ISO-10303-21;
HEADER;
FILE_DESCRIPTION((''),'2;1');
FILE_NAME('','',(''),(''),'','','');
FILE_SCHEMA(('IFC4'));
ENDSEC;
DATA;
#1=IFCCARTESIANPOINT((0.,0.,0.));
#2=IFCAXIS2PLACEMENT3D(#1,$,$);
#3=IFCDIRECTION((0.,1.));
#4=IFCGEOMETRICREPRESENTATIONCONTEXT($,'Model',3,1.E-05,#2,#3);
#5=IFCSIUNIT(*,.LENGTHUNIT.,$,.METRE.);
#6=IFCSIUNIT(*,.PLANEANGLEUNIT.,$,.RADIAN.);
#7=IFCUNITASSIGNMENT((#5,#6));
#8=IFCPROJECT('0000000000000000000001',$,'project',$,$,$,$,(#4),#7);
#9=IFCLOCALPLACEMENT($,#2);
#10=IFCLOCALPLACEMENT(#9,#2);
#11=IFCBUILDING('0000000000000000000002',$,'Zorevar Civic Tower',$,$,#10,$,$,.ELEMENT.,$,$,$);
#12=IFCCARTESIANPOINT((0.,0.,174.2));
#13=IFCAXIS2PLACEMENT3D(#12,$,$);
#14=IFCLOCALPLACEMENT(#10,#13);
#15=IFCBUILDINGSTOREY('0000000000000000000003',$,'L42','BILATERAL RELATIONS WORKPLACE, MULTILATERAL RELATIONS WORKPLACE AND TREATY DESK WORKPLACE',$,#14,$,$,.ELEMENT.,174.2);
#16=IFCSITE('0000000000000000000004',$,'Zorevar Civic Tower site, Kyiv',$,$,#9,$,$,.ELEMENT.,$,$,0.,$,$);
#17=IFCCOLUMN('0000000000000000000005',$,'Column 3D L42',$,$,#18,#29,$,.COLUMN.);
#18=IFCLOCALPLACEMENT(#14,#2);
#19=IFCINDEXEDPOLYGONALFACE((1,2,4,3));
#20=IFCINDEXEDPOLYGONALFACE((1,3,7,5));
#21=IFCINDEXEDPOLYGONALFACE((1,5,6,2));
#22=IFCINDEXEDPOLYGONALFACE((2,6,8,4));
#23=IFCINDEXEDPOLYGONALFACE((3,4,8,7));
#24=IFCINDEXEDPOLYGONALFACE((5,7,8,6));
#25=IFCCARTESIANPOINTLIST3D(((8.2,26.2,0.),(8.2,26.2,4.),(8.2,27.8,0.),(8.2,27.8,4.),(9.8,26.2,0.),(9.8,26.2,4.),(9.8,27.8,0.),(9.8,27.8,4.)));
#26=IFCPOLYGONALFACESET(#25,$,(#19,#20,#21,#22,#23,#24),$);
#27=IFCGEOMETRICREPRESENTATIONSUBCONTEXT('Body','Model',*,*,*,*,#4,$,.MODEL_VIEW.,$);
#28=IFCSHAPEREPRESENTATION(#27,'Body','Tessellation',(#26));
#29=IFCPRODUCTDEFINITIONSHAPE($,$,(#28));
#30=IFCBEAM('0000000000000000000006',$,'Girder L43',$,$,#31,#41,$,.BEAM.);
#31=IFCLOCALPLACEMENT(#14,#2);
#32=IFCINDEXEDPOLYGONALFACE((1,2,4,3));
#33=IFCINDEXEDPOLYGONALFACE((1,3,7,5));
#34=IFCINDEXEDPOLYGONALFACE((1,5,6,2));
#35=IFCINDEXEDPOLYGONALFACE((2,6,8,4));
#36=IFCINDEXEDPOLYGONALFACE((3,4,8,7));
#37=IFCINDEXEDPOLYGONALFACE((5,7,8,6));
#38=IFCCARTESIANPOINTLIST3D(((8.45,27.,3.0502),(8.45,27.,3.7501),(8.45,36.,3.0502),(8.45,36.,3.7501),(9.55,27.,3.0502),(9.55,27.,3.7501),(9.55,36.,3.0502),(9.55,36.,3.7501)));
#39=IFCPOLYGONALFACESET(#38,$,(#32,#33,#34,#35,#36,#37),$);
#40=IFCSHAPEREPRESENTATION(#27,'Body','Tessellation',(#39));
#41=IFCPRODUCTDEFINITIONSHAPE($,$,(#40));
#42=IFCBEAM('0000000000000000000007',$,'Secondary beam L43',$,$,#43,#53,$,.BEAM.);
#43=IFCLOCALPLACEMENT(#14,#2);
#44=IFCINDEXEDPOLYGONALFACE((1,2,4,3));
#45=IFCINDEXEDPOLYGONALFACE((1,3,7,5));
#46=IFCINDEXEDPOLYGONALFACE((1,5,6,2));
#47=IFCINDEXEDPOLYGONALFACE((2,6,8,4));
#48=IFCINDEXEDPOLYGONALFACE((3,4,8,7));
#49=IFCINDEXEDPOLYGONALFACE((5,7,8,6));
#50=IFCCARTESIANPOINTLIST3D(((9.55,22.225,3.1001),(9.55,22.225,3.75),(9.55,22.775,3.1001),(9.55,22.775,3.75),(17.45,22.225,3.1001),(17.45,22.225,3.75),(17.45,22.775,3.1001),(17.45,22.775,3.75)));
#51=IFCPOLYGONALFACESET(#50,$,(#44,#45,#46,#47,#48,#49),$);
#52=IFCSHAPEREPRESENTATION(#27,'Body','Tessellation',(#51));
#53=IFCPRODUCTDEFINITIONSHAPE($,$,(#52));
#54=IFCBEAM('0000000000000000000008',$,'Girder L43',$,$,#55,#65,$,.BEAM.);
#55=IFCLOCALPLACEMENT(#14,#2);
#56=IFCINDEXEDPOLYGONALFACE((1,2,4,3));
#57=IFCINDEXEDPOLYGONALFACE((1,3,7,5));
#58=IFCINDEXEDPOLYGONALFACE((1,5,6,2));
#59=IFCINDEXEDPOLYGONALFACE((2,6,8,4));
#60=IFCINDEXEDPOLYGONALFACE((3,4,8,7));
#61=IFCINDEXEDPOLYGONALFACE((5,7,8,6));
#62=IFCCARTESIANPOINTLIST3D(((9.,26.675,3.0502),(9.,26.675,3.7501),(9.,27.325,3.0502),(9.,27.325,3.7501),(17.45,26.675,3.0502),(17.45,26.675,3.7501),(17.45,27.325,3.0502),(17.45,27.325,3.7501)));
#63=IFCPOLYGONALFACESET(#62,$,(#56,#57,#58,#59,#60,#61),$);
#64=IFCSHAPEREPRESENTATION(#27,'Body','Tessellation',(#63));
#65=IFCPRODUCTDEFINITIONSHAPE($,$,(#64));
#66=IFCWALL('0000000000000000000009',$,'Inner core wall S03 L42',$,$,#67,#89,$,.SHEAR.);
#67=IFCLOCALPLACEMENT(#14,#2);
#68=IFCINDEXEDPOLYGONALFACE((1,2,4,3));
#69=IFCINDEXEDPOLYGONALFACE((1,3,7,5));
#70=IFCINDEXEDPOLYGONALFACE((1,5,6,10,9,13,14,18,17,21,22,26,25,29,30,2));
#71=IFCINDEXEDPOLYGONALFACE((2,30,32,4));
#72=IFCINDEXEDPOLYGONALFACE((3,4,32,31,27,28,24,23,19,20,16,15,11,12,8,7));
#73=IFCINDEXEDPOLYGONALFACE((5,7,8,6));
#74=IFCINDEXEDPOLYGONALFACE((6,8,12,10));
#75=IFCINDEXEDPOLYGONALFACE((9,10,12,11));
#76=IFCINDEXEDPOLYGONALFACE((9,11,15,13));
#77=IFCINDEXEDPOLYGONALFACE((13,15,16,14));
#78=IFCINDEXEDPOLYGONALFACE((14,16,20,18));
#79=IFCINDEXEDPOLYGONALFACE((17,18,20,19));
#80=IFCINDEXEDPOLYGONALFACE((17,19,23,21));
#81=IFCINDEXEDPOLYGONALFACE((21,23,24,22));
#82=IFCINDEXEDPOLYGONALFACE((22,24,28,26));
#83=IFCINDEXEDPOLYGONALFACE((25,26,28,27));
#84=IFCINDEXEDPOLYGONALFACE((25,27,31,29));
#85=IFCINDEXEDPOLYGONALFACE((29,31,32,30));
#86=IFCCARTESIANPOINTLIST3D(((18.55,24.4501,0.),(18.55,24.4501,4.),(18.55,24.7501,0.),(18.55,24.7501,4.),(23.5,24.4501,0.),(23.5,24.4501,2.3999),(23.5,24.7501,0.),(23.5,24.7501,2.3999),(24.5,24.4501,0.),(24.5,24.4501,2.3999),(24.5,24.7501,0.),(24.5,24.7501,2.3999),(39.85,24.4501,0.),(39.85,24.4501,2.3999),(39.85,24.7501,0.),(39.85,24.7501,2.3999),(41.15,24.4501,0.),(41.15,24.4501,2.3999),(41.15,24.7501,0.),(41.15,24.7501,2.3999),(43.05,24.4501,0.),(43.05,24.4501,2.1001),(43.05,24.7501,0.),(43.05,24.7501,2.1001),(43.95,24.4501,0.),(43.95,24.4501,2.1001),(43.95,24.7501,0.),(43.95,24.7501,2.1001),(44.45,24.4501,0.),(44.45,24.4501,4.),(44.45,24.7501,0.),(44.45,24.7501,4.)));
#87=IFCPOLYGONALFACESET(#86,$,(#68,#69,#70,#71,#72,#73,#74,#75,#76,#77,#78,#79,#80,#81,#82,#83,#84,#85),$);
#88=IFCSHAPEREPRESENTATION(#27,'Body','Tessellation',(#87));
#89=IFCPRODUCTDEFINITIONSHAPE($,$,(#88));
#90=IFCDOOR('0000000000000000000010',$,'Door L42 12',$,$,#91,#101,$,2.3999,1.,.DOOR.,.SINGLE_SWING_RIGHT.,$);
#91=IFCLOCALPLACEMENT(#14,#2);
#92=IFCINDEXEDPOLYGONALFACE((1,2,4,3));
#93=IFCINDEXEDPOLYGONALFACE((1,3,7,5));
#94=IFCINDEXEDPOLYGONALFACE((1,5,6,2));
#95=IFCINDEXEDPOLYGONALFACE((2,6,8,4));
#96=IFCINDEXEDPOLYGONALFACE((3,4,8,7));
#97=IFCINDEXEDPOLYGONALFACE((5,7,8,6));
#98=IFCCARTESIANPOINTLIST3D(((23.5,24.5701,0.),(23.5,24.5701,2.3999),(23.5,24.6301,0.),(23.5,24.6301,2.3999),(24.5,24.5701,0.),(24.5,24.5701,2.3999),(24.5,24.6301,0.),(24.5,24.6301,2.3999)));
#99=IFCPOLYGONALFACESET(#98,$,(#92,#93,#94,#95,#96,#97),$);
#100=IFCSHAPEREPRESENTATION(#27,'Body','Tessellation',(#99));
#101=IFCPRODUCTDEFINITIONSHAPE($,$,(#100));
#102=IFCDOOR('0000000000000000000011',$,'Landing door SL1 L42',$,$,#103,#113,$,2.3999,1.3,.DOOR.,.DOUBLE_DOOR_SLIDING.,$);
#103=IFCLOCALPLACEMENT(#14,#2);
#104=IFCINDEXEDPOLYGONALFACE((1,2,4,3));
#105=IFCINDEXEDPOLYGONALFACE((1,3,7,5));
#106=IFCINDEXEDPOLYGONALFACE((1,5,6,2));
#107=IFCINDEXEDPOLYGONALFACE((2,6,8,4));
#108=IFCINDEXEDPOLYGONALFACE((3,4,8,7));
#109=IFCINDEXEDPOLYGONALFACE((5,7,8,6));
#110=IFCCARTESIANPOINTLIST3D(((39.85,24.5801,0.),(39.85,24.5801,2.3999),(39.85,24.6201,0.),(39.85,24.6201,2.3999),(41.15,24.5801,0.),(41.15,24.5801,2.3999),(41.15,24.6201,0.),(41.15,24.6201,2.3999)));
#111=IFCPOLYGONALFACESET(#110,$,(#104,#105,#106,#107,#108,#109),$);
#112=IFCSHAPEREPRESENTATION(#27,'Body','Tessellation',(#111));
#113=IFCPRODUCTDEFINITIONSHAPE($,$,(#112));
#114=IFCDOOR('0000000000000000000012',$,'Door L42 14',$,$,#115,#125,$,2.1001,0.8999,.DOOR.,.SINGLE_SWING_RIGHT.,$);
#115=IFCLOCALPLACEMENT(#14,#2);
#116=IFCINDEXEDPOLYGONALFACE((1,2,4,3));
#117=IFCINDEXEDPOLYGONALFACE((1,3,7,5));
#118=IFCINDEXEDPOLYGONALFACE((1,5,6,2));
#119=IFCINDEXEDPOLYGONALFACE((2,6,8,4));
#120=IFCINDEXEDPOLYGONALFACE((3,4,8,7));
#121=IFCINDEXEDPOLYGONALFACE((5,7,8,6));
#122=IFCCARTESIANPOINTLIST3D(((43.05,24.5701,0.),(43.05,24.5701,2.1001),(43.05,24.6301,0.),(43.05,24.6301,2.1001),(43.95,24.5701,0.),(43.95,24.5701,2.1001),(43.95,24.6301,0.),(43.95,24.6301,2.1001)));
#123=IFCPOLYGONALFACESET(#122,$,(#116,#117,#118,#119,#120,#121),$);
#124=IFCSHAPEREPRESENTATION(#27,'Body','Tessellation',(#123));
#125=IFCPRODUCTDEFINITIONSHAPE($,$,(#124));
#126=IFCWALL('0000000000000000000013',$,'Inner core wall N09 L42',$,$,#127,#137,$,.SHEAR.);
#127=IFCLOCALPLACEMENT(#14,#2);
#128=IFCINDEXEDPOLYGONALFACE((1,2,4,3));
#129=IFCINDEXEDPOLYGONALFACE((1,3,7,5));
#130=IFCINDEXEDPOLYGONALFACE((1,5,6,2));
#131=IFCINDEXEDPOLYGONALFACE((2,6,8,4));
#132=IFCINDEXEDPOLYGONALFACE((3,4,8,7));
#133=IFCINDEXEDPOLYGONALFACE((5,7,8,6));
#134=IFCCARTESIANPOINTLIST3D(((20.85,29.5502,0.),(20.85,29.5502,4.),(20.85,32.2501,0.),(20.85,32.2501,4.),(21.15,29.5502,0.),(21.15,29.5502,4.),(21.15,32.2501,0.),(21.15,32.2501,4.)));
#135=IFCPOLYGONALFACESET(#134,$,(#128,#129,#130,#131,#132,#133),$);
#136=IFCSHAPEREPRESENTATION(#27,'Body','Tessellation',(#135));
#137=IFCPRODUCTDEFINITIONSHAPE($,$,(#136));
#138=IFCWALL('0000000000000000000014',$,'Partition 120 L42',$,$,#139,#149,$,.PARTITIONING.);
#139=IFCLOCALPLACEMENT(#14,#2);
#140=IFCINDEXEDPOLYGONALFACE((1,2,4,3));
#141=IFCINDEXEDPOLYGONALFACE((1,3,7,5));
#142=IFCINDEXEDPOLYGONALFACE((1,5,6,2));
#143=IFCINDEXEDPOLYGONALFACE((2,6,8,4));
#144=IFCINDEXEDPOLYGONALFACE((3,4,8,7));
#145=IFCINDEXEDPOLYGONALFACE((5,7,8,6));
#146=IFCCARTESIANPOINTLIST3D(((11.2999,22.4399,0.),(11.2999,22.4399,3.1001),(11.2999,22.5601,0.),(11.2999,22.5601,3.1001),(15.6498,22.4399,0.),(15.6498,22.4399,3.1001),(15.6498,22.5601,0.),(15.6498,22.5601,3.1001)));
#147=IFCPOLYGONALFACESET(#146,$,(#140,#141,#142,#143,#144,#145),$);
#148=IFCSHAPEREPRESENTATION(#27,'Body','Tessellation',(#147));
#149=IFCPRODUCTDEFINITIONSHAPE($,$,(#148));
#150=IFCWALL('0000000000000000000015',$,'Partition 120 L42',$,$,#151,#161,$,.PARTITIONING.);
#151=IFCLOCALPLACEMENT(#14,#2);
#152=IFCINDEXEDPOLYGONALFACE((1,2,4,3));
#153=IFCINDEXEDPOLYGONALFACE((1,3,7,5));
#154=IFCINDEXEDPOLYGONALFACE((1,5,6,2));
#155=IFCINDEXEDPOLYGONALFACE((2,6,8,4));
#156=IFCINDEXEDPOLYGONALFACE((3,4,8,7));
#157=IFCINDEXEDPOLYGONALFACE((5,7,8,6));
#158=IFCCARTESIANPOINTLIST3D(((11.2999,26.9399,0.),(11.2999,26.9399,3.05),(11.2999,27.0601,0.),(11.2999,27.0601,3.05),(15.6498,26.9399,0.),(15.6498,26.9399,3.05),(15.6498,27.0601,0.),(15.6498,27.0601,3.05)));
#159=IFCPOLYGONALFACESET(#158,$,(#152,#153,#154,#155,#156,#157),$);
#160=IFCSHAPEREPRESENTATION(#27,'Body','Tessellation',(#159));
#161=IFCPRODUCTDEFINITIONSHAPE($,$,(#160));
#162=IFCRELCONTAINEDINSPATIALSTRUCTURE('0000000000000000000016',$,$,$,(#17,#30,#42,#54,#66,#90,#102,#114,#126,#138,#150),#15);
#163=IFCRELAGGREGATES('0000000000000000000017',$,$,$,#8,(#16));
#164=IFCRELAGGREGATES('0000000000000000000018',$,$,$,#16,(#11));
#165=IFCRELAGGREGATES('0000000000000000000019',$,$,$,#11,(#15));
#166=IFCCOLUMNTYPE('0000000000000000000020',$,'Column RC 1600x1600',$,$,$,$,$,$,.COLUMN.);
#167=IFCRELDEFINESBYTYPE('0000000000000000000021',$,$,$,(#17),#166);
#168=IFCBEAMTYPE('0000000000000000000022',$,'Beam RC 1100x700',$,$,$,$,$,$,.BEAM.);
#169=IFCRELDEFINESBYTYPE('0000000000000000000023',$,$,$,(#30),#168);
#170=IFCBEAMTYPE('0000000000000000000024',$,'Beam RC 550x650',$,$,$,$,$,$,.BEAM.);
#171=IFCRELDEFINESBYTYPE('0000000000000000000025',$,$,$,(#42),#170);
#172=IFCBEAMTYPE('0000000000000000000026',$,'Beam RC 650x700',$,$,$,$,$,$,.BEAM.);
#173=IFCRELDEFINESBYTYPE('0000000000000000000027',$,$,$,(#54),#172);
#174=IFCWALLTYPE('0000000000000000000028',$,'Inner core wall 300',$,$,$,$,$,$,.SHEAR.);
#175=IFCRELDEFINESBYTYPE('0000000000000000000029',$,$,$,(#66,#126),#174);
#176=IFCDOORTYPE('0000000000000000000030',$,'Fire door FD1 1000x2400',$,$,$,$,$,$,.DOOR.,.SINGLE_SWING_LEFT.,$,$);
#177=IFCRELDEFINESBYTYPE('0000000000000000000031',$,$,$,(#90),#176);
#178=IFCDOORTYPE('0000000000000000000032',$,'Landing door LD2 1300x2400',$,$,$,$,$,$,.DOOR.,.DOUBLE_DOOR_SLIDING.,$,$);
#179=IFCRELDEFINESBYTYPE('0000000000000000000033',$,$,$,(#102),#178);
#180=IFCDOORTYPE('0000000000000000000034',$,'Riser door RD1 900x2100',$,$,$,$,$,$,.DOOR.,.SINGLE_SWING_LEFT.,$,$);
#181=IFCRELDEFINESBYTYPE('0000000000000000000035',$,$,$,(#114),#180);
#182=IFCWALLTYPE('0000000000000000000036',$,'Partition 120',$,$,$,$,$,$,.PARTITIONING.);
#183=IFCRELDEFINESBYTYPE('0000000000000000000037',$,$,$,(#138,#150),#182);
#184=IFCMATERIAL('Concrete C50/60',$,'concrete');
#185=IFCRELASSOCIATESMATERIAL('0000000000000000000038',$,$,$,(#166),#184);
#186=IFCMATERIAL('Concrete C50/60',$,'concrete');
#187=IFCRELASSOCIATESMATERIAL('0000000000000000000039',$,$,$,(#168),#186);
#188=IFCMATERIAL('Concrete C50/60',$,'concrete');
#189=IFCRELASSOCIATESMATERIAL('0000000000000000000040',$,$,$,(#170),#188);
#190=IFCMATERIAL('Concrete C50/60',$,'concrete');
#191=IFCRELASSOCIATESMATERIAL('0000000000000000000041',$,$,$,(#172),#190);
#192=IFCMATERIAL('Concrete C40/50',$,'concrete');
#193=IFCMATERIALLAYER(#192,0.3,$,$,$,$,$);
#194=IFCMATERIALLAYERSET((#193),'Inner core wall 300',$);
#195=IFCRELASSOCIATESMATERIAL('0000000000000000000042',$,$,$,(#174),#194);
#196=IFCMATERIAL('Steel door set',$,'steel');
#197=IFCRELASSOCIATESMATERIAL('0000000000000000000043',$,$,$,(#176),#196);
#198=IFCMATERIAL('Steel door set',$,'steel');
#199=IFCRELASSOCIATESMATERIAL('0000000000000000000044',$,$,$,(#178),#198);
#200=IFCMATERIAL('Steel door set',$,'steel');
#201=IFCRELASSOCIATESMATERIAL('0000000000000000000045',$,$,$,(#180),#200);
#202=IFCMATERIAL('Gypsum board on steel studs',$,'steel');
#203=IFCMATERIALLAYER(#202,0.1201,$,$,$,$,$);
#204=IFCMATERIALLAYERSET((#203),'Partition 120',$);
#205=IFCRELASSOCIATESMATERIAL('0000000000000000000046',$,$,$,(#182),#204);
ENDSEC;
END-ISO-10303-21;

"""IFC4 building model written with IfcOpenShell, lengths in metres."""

from ifc_helpers import new_model, si_unit, direction, frame, frame_2d, origin, origin_2d, place, context, subcontext, project, spatial, rectangle, extrude, material, layer, layer_set, material_profile, profile_set, type_object, element, fill, save


model = new_model("IFC4")

# Units and contexts
model_context = context("Model", 3, precision=1e-05, world=origin(), true_north=direction((0.0, 1.0)))
body_context = subcontext(model_context, "Body", "Model", "MODEL_VIEW")
ifc_project = project(units=[si_unit("LENGTHUNIT", "METRE"), si_unit("PLANEANGLEUNIT", "RADIAN")], contexts=[model_context])

# Site, building, storey
site_placement = place(None, origin())
site = spatial("IfcSite", under=ifc_project, at=site_placement, Name="Zorevar Civic Tower site, Kyiv", CompositionType="ELEMENT", RefElevation=0.0)
building_placement = place(site_placement, origin())
building = spatial("IfcBuilding", under=site, at=building_placement, Name="Zorevar Civic Tower", CompositionType="ELEMENT")
storey_placement = place(building_placement, frame((0.0, 0.0, 174.2)))
storey = spatial("IfcBuildingStorey", under=building, at=storey_placement, Name="L42", Description="BILATERAL RELATIONS WORKPLACE, MULTILATERAL RELATIONS WORKPLACE AND TREATY DESK WORKPLACE", CompositionType="ELEMENT", Elevation=174.2)

# Column
ifc_material_1 = material(Name="Concrete C50/60", Category="concrete")
ifc_material_profile_1 = material_profile(ifc_material_1, rectangle(XDim=1.6001, YDim=1.6001, at=origin_2d()), Name="RC 1600x1600")
ifc_profile_set_1 = profile_set([ifc_material_profile_1], Name="Concrete C50/60")
column_type = type_object("IfcColumnType", Name="Column RC 1600x1600", PredefinedType="COLUMN", material=ifc_profile_set_1)
column_placement = place(storey_placement, frame((9.0, 27.0, 0.0), z_axis=(0.0, 0.0, 1.0), x_axis=(1.0, 0.0, 0.0)))
element("IfcColumn", 1, at=column_placement, inside=storey, type_object=column_type, Name="Column 3D L42", PredefinedType="COLUMN", context=body_context, shape_type="SweptSolid", body=[
    extrude(rectangle(XDim=1.6001, YDim=1.6001, at=origin_2d()), origin(), (0.0, 0.0, 1.0), 4.0),
])

# Beams
ifc_material_2 = material(Name="Concrete C50/60", Category="concrete")
ifc_material_profile_2 = material_profile(ifc_material_2, rectangle(XDim=1.1001, YDim=0.7, at=origin_2d()), Name="RC 1100x700")
ifc_profile_set_2 = profile_set([ifc_material_profile_2], Name="Concrete C50/60")
beam_type_1 = type_object("IfcBeamType", Name="Beam RC 1100x700", PredefinedType="BEAM", material=ifc_profile_set_2)
beam_1_placement = place(storey_placement, frame((9.0, 27.0, 3.4001), z_axis=(0.0, 1.0, 0.0), x_axis=(-1.0, 0.0, 0.0)))
element("IfcBeam", 2, at=beam_1_placement, inside=storey, type_object=beam_type_1, Name="Girder L43", PredefinedType="BEAM", context=body_context, shape_type="SweptSolid", body=[
    extrude(rectangle(XDim=1.1001, YDim=0.7, at=origin_2d()), origin(), (0.0, 0.0, 1.0), 9.0),
])
ifc_material_3 = material(Name="Concrete C50/60", Category="concrete")
ifc_material_profile_3 = material_profile(ifc_material_3, rectangle(XDim=0.55, YDim=0.6499, at=origin_2d()), Name="RC 550x650")
ifc_profile_set_3 = profile_set([ifc_material_profile_3], Name="Concrete C50/60")
beam_type_2 = type_object("IfcBeamType", Name="Beam RC 550x650", PredefinedType="BEAM", material=ifc_profile_set_3)
beam_2_placement = place(storey_placement, frame((9.55, 22.5, 3.425), z_axis=(1.0, 0.0, 0.0), x_axis=(0.0, 1.0, 0.0)))
element("IfcBeam", 3, at=beam_2_placement, inside=storey, type_object=beam_type_2, Name="Secondary beam L43", PredefinedType="BEAM", context=body_context, shape_type="SweptSolid", body=[
    extrude(rectangle(XDim=0.55, YDim=0.6499, at=origin_2d()), origin(), (0.0, 0.0, 1.0), 7.8999),
])
ifc_material_4 = material(Name="Concrete C50/60", Category="concrete")
ifc_material_profile_4 = material_profile(ifc_material_4, rectangle(XDim=0.6499, YDim=0.7, at=origin_2d()), Name="RC 650x700")
ifc_profile_set_4 = profile_set([ifc_material_profile_4], Name="Concrete C50/60")
beam_type_3 = type_object("IfcBeamType", Name="Beam RC 650x700", PredefinedType="BEAM", material=ifc_profile_set_4)
beam_3_placement = place(storey_placement, frame((9.0, 27.0, 3.4001), z_axis=(1.0, 0.0, 0.0), x_axis=(0.0, 1.0, 0.0)))
element("IfcBeam", 4, at=beam_3_placement, inside=storey, type_object=beam_type_3, Name="Girder L43", PredefinedType="BEAM", context=body_context, shape_type="SweptSolid", body=[
    extrude(rectangle(XDim=0.6499, YDim=0.7, at=origin_2d()), origin(), (0.0, 0.0, 1.0), 8.45),
])

# Shared definitions
ifc_material_5 = material(Name="Concrete C40/50", Category="concrete")
ifc_layer_1 = layer(ifc_material_5, 0.3)
ifc_layer_set_1 = layer_set([ifc_layer_1], Name="Inner core wall 300")
wall_type_1 = type_object("IfcWallType", Name="Inner core wall 300", PredefinedType="SHEAR", material=ifc_layer_set_1)

# Wall, openings, doors
wall_1_placement = place(storey_placement, frame((18.55, 24.6001, 0.0), z_axis=(0.0, 0.0, 1.0), x_axis=(1.0, 0.0, 0.0)))
wall_1 = element("IfcWall", 5, at=wall_1_placement, inside=storey, type_object=wall_type_1, Name="Inner core wall S03 L42", PredefinedType="SHEAR", context=body_context, shape_type="SweptSolid", body=[
    extrude(rectangle(XDim=25.8999, YDim=0.3, at=frame_2d((12.95, 0.0))), origin(), (0.0, 0.0, 1.0), 4.0),
])
opening_1_placement = place(wall_1_placement, frame((4.95, 0.0, 0.0)))
opening_1 = element("IfcOpeningElement", 6, at=opening_1_placement, cuts=wall_1, PredefinedType="OPENING", context=body_context, shape_type="SweptSolid", body=[
    extrude(rectangle(XDim=1.0, YDim=2.3999, at=frame_2d((0.5, 1.2))), frame((0.0, 0.1599, 0.0), z_axis=(0.0, -1.0, 0.0), x_axis=(1.0, 0.0, 0.0)), (0.0, 0.0, 1.0), 0.3201),
])
opening_2_placement = place(wall_1_placement, frame((24.5, 0.0, 0.0)))
opening_2 = element("IfcOpeningElement", 7, at=opening_2_placement, cuts=wall_1, PredefinedType="OPENING", context=body_context, shape_type="SweptSolid", body=[
    extrude(rectangle(XDim=0.8999, YDim=2.1001, at=frame_2d((0.45, 1.05))), frame((0.0, 0.1599, 0.0), z_axis=(0.0, -1.0, 0.0), x_axis=(1.0, 0.0, 0.0)), (0.0, 0.0, 1.0), 0.3201),
])
opening_3_placement = place(wall_1_placement, frame((21.3, 0.0, 0.0)))
opening_3 = element("IfcOpeningElement", 8, at=opening_3_placement, cuts=wall_1, PredefinedType="OPENING", context=body_context, shape_type="SweptSolid", body=[
    extrude(rectangle(XDim=1.3, YDim=2.3999, at=frame_2d((0.6499, 1.2))), frame((0.0, 0.1599, 0.0), z_axis=(0.0, -1.0, 0.0), x_axis=(1.0, 0.0, 0.0)), (0.0, 0.0, 1.0), 0.3201),
])
ifc_material_6 = material(Name="Steel door set", Category="steel")
door_type_1 = type_object("IfcDoorType", Name="Fire door FD1 1000x2400", OperationType="SINGLE_SWING_LEFT", PredefinedType="DOOR", material=ifc_material_6)
door_1_placement = place(opening_1_placement, origin())
door_1 = element("IfcDoor", 9, at=door_1_placement, inside=storey, type_object=door_type_1, Name="Door L42 12", OperationType="SINGLE_SWING_RIGHT", OverallHeight=2.3999, OverallWidth=1.0, PredefinedType="DOOR", context=body_context, shape_type="SweptSolid", body=[
    extrude(rectangle(XDim=1.0, YDim=2.3999, at=frame_2d((0.5, 1.2))), frame((0.0, 0.03, 0.0), z_axis=(0.0, -1.0, 0.0), x_axis=(1.0, 0.0, 0.0)), (0.0, 0.0, 1.0), 0.0601),
])
fill(opening_1, door_1)
ifc_material_7 = material(Name="Steel door set", Category="steel")
door_type_2 = type_object("IfcDoorType", Name="Landing door LD2 1300x2400", OperationType="DOUBLE_DOOR_SLIDING", PredefinedType="DOOR", material=ifc_material_7)
door_2_placement = place(opening_3_placement, origin())
door_2 = element("IfcDoor", 10, at=door_2_placement, inside=storey, type_object=door_type_2, Name="Landing door SL1 L42", OperationType="DOUBLE_DOOR_SLIDING", OverallHeight=2.3999, OverallWidth=1.3, PredefinedType="DOOR", context=body_context, shape_type="SweptSolid", body=[
    extrude(rectangle(XDim=1.3, YDim=2.3999, at=frame_2d((0.6499, 1.2))), frame((0.0, 0.02, 0.0), z_axis=(0.0, -1.0, 0.0), x_axis=(1.0, 0.0, 0.0)), (0.0, 0.0, 1.0), 0.04),
])
fill(opening_3, door_2)
ifc_material_8 = material(Name="Steel door set", Category="steel")
door_type_3 = type_object("IfcDoorType", Name="Riser door RD1 900x2100", OperationType="SINGLE_SWING_LEFT", PredefinedType="DOOR", material=ifc_material_8)
door_3_placement = place(opening_2_placement, origin())
door_3 = element("IfcDoor", 11, at=door_3_placement, inside=storey, type_object=door_type_3, Name="Door L42 14", OperationType="SINGLE_SWING_RIGHT", OverallHeight=2.1001, OverallWidth=0.8999, PredefinedType="DOOR", context=body_context, shape_type="SweptSolid", body=[
    extrude(rectangle(XDim=0.8999, YDim=2.1001, at=frame_2d((0.45, 1.05))), frame((0.0, 0.03, 0.0), z_axis=(0.0, -1.0, 0.0), x_axis=(1.0, 0.0, 0.0)), (0.0, 0.0, 1.0), 0.0601),
])
fill(opening_2, door_3)

# Walls
wall_2_placement = place(storey_placement, frame((21.0, 29.55, 0.0), z_axis=(0.0, 0.0, 1.0), x_axis=(0.0, 1.0, 0.0)))
element("IfcWall", 12, at=wall_2_placement, inside=storey, type_object=wall_type_1, Name="Inner core wall N09 L42", PredefinedType="SHEAR", context=body_context, shape_type="SweptSolid", body=[
    extrude(rectangle(XDim=2.7, YDim=0.3, at=frame_2d((1.3501, 0.0))), origin(), (0.0, 0.0, 1.0), 4.0),
])
ifc_material_9 = material(Name="Gypsum board on steel studs", Category="steel")
ifc_layer_2 = layer(ifc_material_9, 0.1201)
ifc_layer_set_2 = layer_set([ifc_layer_2], Name="Partition 120")
wall_type_2 = type_object("IfcWallType", Name="Partition 120", PredefinedType="PARTITIONING", material=ifc_layer_set_2)
wall_3_placement = place(storey_placement, frame((11.3, 22.5, 0.0), z_axis=(0.0, 0.0, 1.0), x_axis=(1.0, 0.0, 0.0)))
element("IfcWall", 13, at=wall_3_placement, inside=storey, type_object=wall_type_2, Name="Partition 120 L42", PredefinedType="PARTITIONING", context=body_context, shape_type="SweptSolid", body=[
    extrude(rectangle(XDim=4.3499, YDim=0.1201, at=frame_2d((2.1748, 0.0))), origin(), (0.0, 0.0, 1.0), 3.1001),
])
wall_4_placement = place(storey_placement, frame((11.3, 27.0, 0.0), z_axis=(0.0, 0.0, 1.0), x_axis=(1.0, 0.0, 0.0)))
element("IfcWall", 14, at=wall_4_placement, inside=storey, type_object=wall_type_2, Name="Partition 120 L42", PredefinedType="PARTITIONING", context=body_context, shape_type="SweptSolid", body=[
    extrude(rectangle(XDim=4.3499, YDim=0.1201, at=frame_2d((2.1748, 0.0))), origin(), (0.0, 0.0, 1.0), 3.05),
])

save(model, "model.ifc")
